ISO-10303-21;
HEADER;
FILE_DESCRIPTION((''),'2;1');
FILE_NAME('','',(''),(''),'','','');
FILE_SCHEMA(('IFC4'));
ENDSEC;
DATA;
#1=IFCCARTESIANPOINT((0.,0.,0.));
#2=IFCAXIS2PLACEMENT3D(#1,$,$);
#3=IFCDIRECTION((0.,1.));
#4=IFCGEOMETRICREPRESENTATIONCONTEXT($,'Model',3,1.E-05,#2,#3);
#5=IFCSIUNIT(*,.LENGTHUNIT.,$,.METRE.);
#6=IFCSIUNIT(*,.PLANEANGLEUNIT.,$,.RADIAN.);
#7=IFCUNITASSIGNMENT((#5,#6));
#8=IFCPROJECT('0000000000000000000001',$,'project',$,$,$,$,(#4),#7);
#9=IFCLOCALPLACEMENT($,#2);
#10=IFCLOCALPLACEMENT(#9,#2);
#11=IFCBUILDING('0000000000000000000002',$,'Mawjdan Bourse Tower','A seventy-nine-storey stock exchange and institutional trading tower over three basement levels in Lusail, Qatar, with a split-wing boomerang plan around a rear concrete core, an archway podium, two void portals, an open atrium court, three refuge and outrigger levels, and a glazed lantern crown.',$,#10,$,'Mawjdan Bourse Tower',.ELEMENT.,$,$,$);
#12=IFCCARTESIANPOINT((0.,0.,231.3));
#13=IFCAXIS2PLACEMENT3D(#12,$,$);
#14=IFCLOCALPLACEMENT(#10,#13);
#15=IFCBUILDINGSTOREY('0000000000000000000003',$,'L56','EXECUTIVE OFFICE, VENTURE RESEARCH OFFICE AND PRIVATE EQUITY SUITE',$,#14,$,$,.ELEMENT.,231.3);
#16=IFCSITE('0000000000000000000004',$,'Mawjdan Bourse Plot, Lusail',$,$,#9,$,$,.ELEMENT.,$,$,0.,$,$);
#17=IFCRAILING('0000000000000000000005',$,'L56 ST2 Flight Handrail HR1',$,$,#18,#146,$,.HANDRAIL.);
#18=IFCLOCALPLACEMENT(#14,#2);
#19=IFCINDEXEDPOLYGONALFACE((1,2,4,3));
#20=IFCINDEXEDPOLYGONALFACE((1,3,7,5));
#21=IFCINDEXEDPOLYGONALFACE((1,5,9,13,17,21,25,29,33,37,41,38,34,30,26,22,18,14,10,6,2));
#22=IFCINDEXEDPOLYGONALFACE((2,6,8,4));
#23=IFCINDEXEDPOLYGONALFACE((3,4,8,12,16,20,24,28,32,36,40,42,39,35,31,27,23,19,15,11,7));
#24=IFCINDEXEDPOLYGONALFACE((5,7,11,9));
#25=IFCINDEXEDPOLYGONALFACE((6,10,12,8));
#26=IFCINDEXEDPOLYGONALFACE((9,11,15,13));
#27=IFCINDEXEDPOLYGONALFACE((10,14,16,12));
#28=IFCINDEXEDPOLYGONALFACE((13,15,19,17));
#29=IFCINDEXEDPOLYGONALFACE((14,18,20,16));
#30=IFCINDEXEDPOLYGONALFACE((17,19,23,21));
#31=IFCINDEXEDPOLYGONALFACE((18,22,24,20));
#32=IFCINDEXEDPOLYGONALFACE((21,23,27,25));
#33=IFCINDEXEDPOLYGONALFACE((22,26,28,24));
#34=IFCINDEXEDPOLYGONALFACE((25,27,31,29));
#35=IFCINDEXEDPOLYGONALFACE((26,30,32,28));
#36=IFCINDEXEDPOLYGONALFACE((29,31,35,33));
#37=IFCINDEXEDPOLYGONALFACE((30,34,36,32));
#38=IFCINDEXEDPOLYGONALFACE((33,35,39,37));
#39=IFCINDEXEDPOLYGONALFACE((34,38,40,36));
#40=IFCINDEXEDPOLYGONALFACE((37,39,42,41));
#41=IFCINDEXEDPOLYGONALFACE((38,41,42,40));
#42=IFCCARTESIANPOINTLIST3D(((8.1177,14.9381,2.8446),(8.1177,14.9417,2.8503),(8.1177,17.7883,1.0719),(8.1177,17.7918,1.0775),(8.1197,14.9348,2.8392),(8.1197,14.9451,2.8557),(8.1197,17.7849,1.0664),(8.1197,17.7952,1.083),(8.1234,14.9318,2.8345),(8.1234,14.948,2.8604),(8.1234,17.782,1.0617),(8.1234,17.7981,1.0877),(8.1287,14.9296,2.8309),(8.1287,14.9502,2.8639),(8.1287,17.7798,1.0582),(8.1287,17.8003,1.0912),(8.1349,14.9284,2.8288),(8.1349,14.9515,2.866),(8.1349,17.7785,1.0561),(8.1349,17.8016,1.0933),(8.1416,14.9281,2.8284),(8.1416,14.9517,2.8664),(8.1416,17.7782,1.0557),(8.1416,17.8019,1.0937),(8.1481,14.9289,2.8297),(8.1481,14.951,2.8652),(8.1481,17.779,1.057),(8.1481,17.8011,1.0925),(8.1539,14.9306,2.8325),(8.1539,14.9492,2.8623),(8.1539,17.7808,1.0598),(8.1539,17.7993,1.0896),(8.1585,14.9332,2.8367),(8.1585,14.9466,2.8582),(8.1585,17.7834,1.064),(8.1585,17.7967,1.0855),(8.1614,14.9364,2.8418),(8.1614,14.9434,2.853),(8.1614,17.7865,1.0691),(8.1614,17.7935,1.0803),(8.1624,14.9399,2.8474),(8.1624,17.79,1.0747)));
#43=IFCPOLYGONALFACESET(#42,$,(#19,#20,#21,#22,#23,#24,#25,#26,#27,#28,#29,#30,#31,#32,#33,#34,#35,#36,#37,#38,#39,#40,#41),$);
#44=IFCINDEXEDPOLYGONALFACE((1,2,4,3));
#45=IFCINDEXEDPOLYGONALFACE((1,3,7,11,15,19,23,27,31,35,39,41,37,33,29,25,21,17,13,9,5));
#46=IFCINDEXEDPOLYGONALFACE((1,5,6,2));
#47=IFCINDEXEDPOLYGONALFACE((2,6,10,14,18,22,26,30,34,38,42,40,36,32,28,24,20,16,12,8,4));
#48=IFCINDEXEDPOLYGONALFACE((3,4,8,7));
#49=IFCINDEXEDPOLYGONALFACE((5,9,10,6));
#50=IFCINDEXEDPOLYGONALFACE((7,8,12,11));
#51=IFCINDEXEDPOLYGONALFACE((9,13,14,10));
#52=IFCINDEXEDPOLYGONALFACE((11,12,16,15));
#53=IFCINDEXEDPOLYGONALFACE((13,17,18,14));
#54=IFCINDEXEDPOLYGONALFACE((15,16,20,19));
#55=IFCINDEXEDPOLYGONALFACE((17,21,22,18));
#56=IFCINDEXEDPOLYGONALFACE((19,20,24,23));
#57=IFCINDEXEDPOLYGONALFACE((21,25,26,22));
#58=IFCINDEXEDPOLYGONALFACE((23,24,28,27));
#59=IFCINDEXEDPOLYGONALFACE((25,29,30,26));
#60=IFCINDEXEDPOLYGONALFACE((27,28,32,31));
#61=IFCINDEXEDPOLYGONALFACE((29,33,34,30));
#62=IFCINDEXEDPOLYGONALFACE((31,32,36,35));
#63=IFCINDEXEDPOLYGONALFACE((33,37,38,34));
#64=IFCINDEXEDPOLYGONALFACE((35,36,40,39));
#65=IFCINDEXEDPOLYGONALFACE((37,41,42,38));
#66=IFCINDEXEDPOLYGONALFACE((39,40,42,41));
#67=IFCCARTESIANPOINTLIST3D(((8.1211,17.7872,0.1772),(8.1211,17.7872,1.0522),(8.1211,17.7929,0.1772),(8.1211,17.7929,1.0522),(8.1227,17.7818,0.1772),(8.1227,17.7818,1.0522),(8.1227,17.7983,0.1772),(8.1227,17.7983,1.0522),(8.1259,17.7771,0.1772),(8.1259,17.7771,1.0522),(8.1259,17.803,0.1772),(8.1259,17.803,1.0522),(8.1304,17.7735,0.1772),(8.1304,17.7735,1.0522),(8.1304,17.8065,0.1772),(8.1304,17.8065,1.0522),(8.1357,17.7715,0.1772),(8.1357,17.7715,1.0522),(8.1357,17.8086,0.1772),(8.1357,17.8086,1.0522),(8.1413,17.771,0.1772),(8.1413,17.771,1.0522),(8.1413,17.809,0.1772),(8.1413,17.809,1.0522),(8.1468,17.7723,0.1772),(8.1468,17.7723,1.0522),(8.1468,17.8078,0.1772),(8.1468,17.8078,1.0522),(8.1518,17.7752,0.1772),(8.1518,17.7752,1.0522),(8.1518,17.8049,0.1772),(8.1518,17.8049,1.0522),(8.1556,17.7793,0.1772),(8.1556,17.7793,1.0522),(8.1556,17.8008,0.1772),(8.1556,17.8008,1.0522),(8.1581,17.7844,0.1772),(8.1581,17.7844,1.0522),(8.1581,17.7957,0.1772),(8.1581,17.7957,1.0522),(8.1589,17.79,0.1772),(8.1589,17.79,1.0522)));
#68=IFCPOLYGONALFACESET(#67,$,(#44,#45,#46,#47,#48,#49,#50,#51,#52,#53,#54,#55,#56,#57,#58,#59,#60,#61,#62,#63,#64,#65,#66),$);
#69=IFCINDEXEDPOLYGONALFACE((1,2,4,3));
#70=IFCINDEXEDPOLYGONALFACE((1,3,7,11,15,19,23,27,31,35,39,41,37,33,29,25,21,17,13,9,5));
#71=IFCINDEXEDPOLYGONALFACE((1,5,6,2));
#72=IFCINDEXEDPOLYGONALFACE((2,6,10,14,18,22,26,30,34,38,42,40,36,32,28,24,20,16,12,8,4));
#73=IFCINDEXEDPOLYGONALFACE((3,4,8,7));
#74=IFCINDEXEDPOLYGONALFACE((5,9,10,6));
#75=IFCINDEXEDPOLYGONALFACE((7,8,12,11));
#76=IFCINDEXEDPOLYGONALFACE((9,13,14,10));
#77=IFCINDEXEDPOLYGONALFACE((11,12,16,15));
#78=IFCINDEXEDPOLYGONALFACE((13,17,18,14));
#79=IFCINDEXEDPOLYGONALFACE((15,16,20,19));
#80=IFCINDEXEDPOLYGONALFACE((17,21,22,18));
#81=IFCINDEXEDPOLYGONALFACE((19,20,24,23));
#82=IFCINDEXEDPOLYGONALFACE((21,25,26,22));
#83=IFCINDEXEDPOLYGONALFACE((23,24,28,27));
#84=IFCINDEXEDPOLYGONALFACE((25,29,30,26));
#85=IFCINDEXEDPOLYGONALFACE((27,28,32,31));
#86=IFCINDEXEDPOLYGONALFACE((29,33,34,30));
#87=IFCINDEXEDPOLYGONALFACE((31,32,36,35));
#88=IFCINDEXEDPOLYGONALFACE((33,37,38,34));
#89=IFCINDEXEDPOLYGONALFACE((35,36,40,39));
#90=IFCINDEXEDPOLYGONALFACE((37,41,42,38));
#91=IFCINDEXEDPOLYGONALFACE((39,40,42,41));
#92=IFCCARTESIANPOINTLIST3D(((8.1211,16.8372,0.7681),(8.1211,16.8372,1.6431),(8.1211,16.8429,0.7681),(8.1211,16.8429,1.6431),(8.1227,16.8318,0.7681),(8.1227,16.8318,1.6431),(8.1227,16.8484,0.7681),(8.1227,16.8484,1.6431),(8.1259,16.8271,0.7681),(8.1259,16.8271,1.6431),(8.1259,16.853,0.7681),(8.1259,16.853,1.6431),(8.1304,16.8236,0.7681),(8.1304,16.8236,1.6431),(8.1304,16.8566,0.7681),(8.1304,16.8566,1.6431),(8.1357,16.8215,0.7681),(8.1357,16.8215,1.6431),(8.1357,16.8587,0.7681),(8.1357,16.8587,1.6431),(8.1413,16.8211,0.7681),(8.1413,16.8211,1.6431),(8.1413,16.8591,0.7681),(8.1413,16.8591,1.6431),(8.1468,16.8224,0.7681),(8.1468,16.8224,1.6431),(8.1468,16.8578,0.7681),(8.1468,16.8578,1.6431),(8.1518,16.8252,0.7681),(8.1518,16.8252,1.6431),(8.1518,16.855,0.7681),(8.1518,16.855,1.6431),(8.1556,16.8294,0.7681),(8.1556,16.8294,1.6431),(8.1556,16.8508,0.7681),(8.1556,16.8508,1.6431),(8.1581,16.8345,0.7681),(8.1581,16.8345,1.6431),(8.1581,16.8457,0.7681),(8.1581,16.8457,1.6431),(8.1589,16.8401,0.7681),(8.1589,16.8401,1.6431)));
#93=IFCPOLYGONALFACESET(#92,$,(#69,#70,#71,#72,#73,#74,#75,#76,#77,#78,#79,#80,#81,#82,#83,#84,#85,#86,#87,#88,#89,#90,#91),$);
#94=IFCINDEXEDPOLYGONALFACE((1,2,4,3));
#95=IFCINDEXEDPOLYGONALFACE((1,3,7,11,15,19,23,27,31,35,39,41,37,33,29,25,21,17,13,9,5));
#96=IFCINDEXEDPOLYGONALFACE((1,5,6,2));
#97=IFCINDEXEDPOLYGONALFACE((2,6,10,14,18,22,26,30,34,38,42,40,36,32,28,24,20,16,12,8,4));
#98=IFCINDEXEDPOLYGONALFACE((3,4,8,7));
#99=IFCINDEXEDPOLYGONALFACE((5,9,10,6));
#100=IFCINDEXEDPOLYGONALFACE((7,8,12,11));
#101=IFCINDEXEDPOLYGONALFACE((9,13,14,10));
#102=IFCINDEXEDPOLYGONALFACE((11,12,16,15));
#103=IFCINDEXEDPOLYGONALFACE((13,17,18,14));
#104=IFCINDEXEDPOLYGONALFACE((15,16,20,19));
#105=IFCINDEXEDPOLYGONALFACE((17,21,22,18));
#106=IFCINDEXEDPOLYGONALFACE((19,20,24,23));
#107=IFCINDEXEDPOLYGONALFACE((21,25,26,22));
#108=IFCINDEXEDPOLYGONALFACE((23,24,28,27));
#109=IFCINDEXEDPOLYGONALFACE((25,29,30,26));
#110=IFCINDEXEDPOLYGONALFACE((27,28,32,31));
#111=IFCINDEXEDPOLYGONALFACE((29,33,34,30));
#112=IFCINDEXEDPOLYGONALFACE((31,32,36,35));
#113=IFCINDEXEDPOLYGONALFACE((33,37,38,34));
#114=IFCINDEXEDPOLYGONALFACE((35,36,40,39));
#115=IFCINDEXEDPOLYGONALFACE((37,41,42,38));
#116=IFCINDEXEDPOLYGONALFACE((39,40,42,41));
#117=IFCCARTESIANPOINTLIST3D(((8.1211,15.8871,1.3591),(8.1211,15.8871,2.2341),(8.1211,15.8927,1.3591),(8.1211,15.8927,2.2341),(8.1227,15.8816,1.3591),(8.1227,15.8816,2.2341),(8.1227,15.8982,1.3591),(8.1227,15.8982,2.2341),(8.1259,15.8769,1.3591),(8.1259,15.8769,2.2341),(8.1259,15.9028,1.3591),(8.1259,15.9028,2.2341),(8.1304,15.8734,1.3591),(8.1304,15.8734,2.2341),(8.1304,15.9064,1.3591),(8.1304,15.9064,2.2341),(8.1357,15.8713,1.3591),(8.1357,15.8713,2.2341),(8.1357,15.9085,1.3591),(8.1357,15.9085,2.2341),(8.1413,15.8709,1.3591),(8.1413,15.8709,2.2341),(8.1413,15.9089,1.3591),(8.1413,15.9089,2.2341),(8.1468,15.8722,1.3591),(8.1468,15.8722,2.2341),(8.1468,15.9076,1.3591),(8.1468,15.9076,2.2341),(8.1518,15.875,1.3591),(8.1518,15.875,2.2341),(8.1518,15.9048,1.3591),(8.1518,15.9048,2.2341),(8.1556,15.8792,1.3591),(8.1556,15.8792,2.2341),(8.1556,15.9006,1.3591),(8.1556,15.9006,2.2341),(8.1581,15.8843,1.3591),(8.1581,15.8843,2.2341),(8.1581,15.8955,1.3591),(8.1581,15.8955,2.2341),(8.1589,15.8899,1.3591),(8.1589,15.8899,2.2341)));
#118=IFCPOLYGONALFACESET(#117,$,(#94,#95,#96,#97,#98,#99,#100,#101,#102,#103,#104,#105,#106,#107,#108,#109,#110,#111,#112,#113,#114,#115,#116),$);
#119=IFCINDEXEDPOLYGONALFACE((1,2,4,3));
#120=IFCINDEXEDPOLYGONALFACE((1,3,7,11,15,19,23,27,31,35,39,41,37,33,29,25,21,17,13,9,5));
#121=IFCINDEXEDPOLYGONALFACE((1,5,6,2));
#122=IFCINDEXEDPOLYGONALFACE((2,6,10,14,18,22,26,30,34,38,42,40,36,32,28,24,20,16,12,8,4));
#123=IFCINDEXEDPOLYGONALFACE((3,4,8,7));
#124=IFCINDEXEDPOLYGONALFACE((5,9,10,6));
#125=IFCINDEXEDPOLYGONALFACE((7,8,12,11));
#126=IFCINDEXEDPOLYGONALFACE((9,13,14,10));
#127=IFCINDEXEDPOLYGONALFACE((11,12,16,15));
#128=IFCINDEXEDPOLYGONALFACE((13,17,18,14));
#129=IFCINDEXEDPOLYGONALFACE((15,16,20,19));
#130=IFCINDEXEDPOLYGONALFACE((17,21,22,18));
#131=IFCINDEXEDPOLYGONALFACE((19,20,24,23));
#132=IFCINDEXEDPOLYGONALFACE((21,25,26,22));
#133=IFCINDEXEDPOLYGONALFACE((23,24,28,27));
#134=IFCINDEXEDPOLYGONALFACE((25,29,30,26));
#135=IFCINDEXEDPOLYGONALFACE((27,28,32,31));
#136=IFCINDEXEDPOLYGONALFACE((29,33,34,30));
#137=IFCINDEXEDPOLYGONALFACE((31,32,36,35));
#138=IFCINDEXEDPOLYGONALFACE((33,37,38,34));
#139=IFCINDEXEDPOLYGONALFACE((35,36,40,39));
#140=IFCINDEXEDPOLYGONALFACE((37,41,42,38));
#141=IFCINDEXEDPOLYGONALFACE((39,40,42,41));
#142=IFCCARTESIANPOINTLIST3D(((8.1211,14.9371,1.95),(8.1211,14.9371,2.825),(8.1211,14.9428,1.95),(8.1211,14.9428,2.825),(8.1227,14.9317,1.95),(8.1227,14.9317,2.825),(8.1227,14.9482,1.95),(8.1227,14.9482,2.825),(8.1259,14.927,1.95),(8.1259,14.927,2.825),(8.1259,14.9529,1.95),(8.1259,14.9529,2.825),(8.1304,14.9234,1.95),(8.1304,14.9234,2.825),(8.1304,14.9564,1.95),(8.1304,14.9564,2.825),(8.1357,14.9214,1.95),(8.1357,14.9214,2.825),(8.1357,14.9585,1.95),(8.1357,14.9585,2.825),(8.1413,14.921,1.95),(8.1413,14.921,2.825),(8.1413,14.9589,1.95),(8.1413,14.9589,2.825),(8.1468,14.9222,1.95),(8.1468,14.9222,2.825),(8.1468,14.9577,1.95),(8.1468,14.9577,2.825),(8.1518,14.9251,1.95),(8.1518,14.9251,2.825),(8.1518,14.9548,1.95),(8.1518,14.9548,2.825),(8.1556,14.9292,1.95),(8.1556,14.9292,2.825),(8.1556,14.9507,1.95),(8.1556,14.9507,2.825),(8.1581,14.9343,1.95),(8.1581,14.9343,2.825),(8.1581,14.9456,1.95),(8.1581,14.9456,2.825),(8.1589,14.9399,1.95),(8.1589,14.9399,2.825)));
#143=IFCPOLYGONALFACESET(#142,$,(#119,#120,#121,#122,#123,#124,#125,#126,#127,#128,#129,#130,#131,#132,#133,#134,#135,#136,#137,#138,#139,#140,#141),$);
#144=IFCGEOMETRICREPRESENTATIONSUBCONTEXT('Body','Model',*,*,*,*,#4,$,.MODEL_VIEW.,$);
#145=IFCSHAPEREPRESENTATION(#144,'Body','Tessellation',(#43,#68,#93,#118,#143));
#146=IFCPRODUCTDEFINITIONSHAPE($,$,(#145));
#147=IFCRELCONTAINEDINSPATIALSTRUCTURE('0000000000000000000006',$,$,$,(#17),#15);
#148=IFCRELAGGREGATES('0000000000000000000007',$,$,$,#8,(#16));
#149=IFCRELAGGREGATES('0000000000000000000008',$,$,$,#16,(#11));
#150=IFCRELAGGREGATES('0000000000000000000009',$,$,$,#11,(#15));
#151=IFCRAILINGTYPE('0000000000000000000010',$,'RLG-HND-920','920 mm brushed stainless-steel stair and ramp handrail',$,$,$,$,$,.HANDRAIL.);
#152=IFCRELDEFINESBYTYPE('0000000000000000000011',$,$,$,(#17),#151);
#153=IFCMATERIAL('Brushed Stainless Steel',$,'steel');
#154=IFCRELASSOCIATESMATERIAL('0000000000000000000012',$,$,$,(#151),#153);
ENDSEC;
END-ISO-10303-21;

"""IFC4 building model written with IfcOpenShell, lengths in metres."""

from ifc_helpers import new_model, si_unit, direction, frame, origin, origin_2d, place, context, subcontext, project, spatial, circle, extrude, material, type_object, element, save


model = new_model("IFC4")

# Units and contexts
model_context = context("Model", 3, precision=1e-05, world=origin(), true_north=direction((0.0, 1.0)))
body_context = subcontext(model_context, "Body", "Model", "MODEL_VIEW")
ifc_project = project(units=[si_unit("LENGTHUNIT", "METRE"), si_unit("PLANEANGLEUNIT", "RADIAN")], contexts=[model_context])

# Site, building, storey
site_placement = place(None, origin())
site = spatial("IfcSite", under=ifc_project, at=site_placement, Name="Mawjdan Bourse Plot, Lusail", CompositionType="ELEMENT", RefElevation=0.0)
building_placement = place(site_placement, origin())
building = spatial("IfcBuilding", under=site, at=building_placement, Name="Mawjdan Bourse Tower", Description="A seventy-nine-storey stock exchange and institutional trading tower over three basement levels in Lusail, Qatar, with a split-wing boomerang plan around a rear concrete core, an archway podium, two void portals, an open atrium court, three refuge and outrigger levels, and a glazed lantern crown.", LongName="Mawjdan Bourse Tower", CompositionType="ELEMENT")
storey_placement = place(building_placement, frame((0.0, 0.0, 231.3)))
storey = spatial("IfcBuildingStorey", under=building, at=storey_placement, Name="L56", Description="EXECUTIVE OFFICE, VENTURE RESEARCH OFFICE AND PRIVATE EQUITY SUITE", CompositionType="ELEMENT", Elevation=231.3)

# Railing
ifc_material_1 = material(Name="Brushed Stainless Steel", Category="steel")
railing_type_1 = type_object("IfcRailingType", Name="RLG-HND-920", Description="920 mm brushed stainless-steel stair and ramp handrail", PredefinedType="HANDRAIL", material=ifc_material_1)
railing_1_placement = place(storey_placement, frame((8.1399, 17.79, 0.1772)))
element("IfcRailing", 1, at=railing_1_placement, inside=storey, type_object=railing_type_1, Name="L56 ST2 Flight Handrail HR1", PredefinedType="HANDRAIL", context=body_context, shape_type="SweptSolid", body=[
    extrude(circle(Radius=0.0225, at=origin_2d()), frame((0.0, 0.0, 0.8975), z_axis=(0.0, -0.849149, 0.528154), x_axis=(1.0, 0.0, 0.0)), (0.0, 0.0, 1.0), 3.3564),
    extrude(circle(Radius=0.019, at=origin_2d()), origin(), (0.0, 0.0, 1.0), 0.875),
    extrude(circle(Radius=0.019, at=origin_2d()), frame((0.0, -0.95, 0.5908)), (0.0, 0.0, 1.0), 0.875),
    extrude(circle(Radius=0.019, at=origin_2d()), frame((0.0, -1.9001, 1.1819)), (0.0, 0.0, 1.0), 0.875),
    extrude(circle(Radius=0.019, at=origin_2d()), frame((0.0, -2.8501, 1.7727)), (0.0, 0.0, 1.0), 0.875),
])

save(model, "model.ifc")
